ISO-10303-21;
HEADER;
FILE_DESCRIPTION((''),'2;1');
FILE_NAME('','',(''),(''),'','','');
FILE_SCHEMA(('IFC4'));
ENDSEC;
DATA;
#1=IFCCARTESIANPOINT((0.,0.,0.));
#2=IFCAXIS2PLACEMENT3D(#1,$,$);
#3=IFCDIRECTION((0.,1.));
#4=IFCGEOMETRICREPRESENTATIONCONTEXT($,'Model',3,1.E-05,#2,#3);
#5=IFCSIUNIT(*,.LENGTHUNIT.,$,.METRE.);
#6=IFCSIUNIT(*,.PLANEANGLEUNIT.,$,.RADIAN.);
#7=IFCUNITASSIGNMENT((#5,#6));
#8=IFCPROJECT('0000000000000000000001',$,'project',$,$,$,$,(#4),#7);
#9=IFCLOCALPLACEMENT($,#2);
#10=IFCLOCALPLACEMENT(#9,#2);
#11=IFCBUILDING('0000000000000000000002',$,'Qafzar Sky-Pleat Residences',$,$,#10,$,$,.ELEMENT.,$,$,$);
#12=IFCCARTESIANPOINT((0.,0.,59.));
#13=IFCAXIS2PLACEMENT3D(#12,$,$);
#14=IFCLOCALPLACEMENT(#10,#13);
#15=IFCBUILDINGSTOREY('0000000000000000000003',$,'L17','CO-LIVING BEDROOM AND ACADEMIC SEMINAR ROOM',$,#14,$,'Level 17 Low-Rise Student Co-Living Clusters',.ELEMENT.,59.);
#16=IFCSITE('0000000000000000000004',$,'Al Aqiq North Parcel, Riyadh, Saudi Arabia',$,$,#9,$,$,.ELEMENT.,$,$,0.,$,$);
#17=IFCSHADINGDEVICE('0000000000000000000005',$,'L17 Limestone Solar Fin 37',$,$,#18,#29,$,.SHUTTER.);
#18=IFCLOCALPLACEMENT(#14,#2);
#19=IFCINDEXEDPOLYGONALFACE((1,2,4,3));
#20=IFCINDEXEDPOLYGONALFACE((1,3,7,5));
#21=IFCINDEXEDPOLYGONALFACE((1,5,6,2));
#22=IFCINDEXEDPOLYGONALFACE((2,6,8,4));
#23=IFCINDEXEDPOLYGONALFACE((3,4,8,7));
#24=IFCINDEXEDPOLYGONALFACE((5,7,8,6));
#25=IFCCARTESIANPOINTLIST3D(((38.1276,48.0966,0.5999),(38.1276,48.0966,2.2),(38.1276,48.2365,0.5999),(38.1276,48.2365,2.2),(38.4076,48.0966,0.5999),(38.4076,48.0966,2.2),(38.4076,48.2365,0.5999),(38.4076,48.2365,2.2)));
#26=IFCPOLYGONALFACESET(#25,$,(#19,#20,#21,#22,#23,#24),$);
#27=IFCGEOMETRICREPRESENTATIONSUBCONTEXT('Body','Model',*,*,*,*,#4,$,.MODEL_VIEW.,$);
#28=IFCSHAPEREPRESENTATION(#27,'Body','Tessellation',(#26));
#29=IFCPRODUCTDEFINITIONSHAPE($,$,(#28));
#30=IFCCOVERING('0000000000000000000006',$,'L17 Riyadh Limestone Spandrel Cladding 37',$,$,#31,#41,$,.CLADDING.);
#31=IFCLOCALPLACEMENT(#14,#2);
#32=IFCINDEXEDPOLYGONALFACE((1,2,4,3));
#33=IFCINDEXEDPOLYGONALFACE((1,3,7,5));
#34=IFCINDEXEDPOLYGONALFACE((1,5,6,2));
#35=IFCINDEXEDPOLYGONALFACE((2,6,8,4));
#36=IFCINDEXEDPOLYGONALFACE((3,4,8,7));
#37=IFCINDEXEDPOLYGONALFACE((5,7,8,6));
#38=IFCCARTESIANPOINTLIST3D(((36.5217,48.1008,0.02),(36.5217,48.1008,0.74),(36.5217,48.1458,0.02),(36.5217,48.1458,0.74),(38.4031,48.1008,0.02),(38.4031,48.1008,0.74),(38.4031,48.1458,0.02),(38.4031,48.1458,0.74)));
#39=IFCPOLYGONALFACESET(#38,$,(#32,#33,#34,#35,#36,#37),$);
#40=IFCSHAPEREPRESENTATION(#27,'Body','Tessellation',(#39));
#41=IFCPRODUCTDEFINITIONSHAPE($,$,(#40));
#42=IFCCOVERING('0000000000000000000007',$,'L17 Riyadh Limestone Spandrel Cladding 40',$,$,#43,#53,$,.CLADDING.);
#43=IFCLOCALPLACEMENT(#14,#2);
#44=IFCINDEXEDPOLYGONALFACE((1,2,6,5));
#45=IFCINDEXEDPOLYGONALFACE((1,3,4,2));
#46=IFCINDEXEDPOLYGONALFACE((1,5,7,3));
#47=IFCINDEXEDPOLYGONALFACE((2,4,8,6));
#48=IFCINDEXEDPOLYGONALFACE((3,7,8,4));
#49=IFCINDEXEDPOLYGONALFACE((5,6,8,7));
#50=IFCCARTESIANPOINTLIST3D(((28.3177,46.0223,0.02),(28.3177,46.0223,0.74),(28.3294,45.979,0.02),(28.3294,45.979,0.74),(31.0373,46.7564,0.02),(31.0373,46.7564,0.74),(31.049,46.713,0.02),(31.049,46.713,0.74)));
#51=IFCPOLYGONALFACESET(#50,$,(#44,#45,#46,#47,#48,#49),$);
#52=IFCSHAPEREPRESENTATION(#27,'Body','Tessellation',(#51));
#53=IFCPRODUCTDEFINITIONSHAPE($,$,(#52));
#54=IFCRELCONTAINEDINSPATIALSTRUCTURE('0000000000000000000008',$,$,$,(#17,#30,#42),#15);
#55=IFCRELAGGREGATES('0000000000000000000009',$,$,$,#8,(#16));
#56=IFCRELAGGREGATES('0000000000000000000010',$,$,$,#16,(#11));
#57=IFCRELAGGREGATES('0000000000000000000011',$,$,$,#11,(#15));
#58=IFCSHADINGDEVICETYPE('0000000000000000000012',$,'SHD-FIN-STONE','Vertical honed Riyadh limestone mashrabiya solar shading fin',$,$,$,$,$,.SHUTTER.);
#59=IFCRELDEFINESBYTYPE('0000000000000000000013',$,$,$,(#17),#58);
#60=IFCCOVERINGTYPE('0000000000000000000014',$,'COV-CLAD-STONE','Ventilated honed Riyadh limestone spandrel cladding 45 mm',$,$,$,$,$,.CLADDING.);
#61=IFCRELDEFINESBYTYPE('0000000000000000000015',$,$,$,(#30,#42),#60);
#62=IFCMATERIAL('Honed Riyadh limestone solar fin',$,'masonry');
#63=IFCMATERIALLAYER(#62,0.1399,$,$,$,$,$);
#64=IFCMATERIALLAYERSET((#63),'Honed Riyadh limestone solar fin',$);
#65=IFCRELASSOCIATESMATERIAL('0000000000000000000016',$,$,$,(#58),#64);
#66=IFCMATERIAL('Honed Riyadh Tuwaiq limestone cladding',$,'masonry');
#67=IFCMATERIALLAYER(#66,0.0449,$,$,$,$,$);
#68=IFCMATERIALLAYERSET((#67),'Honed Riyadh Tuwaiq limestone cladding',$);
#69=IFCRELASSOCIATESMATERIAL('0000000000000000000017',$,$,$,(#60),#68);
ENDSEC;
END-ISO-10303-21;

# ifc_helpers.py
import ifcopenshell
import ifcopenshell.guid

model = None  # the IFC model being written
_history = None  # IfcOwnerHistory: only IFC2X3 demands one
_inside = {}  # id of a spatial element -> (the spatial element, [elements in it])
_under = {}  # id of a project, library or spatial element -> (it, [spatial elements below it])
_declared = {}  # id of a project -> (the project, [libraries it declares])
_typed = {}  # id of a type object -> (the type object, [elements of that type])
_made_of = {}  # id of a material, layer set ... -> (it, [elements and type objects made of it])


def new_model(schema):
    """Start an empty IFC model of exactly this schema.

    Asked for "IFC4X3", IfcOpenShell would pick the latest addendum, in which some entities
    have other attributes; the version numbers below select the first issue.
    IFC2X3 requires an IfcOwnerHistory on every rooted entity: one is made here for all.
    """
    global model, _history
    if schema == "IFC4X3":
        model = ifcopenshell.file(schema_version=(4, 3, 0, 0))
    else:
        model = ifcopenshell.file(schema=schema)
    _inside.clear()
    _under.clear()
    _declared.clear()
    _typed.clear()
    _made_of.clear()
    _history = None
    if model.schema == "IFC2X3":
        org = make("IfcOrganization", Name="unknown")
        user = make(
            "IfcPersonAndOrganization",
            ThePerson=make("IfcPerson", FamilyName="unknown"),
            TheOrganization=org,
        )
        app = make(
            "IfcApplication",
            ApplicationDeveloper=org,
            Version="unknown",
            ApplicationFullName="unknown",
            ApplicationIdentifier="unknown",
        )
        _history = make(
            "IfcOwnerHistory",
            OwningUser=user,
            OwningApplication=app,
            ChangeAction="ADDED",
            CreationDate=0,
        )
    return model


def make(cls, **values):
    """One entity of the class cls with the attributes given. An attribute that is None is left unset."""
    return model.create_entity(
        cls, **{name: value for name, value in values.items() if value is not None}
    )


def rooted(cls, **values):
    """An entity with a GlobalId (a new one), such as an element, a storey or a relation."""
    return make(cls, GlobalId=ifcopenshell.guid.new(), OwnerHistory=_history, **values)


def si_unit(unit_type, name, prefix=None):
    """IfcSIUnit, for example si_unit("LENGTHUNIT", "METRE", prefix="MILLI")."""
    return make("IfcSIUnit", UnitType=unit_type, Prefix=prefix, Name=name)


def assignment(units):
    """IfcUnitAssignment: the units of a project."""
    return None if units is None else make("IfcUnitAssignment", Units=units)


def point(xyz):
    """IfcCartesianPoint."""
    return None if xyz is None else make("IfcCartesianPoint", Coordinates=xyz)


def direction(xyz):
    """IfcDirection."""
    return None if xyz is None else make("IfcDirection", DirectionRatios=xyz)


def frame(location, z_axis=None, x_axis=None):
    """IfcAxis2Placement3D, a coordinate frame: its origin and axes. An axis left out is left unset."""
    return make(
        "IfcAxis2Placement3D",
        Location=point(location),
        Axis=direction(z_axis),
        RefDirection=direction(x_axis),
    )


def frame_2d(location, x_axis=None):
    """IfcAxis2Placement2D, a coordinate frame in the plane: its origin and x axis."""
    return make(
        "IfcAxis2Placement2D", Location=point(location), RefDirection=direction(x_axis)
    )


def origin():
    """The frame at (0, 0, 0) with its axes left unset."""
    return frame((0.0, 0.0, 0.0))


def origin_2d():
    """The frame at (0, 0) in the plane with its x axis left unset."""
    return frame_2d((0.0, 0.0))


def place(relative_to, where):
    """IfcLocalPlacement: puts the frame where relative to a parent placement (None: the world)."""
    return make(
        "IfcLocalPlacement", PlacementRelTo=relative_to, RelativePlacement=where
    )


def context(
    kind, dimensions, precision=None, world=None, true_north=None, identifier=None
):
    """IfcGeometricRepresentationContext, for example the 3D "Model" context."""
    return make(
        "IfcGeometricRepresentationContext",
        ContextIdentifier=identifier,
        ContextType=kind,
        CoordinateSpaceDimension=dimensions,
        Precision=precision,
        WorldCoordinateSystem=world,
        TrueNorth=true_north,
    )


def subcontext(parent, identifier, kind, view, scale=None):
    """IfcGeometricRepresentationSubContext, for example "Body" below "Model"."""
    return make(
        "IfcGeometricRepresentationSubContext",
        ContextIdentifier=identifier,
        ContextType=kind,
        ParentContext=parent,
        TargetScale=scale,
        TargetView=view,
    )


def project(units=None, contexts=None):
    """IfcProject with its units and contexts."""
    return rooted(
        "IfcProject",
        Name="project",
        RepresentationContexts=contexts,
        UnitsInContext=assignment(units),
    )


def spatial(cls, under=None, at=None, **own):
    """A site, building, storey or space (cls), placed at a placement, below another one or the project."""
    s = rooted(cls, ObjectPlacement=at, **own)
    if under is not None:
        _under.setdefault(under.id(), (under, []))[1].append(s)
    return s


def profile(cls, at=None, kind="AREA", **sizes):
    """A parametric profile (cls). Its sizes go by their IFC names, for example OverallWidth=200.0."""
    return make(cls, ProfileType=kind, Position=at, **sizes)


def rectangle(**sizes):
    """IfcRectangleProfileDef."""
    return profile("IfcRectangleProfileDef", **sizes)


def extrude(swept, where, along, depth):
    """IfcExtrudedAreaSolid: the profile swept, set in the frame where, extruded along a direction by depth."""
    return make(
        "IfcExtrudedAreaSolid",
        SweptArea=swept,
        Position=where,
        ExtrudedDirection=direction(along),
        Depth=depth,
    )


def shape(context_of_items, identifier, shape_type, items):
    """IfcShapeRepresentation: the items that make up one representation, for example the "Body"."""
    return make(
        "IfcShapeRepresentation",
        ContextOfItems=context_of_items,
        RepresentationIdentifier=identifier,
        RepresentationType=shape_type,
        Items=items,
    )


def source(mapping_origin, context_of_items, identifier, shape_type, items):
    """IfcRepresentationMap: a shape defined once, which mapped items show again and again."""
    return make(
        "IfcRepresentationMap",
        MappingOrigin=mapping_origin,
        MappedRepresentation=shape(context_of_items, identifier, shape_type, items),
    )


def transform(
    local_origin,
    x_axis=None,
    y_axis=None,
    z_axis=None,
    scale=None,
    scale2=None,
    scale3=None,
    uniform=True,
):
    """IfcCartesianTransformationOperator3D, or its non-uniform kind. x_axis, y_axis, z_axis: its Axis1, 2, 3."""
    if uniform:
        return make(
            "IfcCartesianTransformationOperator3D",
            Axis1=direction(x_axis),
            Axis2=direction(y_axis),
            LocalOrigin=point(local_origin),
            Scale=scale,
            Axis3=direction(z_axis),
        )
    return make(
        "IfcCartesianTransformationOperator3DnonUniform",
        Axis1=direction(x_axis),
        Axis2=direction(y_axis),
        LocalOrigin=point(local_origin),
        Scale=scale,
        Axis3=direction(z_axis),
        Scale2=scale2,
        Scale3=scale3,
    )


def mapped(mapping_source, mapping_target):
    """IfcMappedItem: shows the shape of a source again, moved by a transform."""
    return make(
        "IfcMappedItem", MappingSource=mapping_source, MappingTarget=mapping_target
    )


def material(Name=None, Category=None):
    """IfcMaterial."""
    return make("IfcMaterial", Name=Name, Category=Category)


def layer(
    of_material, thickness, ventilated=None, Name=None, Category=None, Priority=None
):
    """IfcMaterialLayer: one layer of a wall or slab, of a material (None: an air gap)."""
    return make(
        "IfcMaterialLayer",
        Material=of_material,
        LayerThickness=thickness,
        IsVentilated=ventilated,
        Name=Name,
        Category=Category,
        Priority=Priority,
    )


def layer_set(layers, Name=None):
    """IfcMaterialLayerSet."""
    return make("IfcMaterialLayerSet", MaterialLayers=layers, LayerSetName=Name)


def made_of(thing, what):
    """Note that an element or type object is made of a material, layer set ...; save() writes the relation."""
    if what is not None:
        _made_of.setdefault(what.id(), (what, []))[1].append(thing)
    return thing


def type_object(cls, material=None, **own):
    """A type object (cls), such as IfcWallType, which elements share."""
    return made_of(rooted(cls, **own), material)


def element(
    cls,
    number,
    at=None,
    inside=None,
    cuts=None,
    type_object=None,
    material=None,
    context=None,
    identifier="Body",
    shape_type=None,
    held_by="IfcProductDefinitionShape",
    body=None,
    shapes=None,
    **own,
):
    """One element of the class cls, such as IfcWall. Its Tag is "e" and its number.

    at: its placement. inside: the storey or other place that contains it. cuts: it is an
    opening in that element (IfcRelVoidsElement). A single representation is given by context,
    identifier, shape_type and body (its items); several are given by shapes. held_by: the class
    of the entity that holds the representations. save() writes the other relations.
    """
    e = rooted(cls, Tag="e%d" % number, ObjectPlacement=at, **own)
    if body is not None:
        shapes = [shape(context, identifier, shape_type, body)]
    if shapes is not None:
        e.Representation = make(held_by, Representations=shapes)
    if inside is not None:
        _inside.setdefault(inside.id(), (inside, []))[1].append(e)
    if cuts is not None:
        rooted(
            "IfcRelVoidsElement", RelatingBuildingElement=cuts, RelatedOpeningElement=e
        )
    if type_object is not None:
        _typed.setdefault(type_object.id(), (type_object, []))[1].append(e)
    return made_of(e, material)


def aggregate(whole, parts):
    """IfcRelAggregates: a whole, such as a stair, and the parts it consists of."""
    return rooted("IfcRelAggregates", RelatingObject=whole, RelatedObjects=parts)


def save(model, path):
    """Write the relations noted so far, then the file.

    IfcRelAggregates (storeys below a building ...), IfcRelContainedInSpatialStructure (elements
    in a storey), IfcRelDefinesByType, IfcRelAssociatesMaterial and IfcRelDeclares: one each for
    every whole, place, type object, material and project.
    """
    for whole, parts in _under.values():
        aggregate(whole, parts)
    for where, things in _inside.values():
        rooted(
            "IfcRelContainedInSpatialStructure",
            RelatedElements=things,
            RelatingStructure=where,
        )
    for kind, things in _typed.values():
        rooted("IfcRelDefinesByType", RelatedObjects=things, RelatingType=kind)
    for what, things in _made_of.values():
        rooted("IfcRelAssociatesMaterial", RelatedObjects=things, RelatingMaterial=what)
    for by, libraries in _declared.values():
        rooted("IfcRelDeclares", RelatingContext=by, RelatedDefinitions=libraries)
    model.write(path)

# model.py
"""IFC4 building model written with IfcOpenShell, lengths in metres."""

from ifc_helpers import new_model, si_unit, direction, frame, origin, origin_2d, place, context, subcontext, project, spatial, rectangle, extrude, source, transform, mapped, material, layer, layer_set, type_object, element, save


model = new_model("IFC4")

# Units and contexts
model_context = context("Model", 3, precision=1e-05, world=origin(), true_north=direction((0.0, 1.0)))
body_context = subcontext(model_context, "Body", "Model", "MODEL_VIEW")
ifc_project = project(units=[si_unit("LENGTHUNIT", "METRE"), si_unit("PLANEANGLEUNIT", "RADIAN")], contexts=[model_context])

# Site, building, storey
site_placement = place(None, origin())
site = spatial("IfcSite", under=ifc_project, at=site_placement, Name="Al Aqiq North Parcel, Riyadh, Saudi Arabia", CompositionType="ELEMENT", RefElevation=0.0)
building_placement = place(site_placement, origin())
building = spatial("IfcBuilding", under=site, at=building_placement, Name="Qafzar Sky-Pleat Residences", CompositionType="ELEMENT")
storey_placement = place(building_placement, frame((0.0, 0.0, 59.0)))
storey = spatial("IfcBuildingStorey", under=building, at=storey_placement, Name="L17", Description="CO-LIVING BEDROOM AND ACADEMIC SEMINAR ROOM", LongName="Level 17 Low-Rise Student Co-Living Clusters", CompositionType="ELEMENT", Elevation=59.0)

# Shading device
ifc_material_1 = material(Name="Honed Riyadh limestone solar fin", Category="masonry")
ifc_layer_1 = layer(ifc_material_1, 0.1399)
ifc_layer_set_1 = layer_set([ifc_layer_1], Name="Honed Riyadh limestone solar fin")
shading_device_type = type_object("IfcShadingDeviceType", Name="SHD-FIN-STONE", Description="Vertical honed Riyadh limestone mashrabiya solar shading fin", PredefinedType="SHUTTER", material=ifc_layer_set_1)
shared_shape_1 = source(origin(), body_context, "Body", "SweptSolid", [
    extrude(rectangle(XDim=0.1399, YDim=0.28, at=origin_2d()), origin(), (0.0, 0.0, 1.0), 1.6001),
])
shading_device_placement = place(storey_placement, frame((38.2676, 48.1665, 0.5999), z_axis=(0.0, 0.0, 1.0), x_axis=(0.0, 1.0, 0.0)))
element("IfcShadingDevice", 1, at=shading_device_placement, inside=storey, type_object=shading_device_type, Name="L17 Limestone Solar Fin 37", PredefinedType="SHUTTER", context=body_context, shape_type="MappedRepresentation", body=[
    mapped(shared_shape_1, transform((0.0, 0.0, 0.0), x_axis=(1.0, 0.0, 0.0), y_axis=(0.0, 1.0, 0.0), z_axis=(0.0, 0.0, 1.0), scale=1.0)),
])

# Covering
ifc_material_2 = material(Name="Honed Riyadh Tuwaiq limestone cladding", Category="masonry")
ifc_layer_2 = layer(ifc_material_2, 0.0449)
ifc_layer_set_2 = layer_set([ifc_layer_2], Name="Honed Riyadh Tuwaiq limestone cladding")
covering_type = type_object("IfcCoveringType", Name="COV-CLAD-STONE", Description="Ventilated honed Riyadh limestone spandrel cladding 45 mm", PredefinedType="CLADDING", material=ifc_layer_set_2)
shared_shape_2 = source(origin(), body_context, "Body", "SweptSolid", [
    extrude(rectangle(XDim=1.8813, YDim=0.0449, at=origin_2d()), origin(), (0.0, 0.0, 1.0), 0.72),
])
covering_1_placement = place(storey_placement, frame((37.4624, 48.1233, 0.02), z_axis=(0.0, 0.0, 1.0), x_axis=(-1.0, 0.0, 0.0)))
element("IfcCovering", 2, at=covering_1_placement, inside=storey, type_object=covering_type, Name="L17 Riyadh Limestone Spandrel Cladding 37", PredefinedType="CLADDING", context=body_context, shape_type="MappedRepresentation", body=[
    mapped(shared_shape_2, transform((0.0, 0.0, 0.0), x_axis=(1.0, 0.0, 0.0), y_axis=(0.0, 1.0, 0.0), z_axis=(0.0, 0.0, 1.0), scale=1.0)),
])

# Covering
shared_shape_3 = source(origin(), body_context, "Body", "SweptSolid", [
    extrude(rectangle(XDim=2.8169, YDim=0.0449, at=origin_2d()), origin(), (0.0, 0.0, 1.0), 0.72),
])
covering_2_placement = place(storey_placement, frame((29.6833, 46.3677, 0.02), z_axis=(0.0, 0.0, 1.0), x_axis=(-0.965452, -0.260581, 0.0)))
element("IfcCovering", 3, at=covering_2_placement, inside=storey, type_object=covering_type, Name="L17 Riyadh Limestone Spandrel Cladding 40", PredefinedType="CLADDING", context=body_context, shape_type="MappedRepresentation", body=[
    mapped(shared_shape_3, transform((0.0, 0.0, 0.0), x_axis=(1.0, 0.0, 0.0), y_axis=(0.0, 1.0, 0.0), z_axis=(0.0, 0.0, 1.0), scale=1.0)),
])

save(model, "model.ifc")
